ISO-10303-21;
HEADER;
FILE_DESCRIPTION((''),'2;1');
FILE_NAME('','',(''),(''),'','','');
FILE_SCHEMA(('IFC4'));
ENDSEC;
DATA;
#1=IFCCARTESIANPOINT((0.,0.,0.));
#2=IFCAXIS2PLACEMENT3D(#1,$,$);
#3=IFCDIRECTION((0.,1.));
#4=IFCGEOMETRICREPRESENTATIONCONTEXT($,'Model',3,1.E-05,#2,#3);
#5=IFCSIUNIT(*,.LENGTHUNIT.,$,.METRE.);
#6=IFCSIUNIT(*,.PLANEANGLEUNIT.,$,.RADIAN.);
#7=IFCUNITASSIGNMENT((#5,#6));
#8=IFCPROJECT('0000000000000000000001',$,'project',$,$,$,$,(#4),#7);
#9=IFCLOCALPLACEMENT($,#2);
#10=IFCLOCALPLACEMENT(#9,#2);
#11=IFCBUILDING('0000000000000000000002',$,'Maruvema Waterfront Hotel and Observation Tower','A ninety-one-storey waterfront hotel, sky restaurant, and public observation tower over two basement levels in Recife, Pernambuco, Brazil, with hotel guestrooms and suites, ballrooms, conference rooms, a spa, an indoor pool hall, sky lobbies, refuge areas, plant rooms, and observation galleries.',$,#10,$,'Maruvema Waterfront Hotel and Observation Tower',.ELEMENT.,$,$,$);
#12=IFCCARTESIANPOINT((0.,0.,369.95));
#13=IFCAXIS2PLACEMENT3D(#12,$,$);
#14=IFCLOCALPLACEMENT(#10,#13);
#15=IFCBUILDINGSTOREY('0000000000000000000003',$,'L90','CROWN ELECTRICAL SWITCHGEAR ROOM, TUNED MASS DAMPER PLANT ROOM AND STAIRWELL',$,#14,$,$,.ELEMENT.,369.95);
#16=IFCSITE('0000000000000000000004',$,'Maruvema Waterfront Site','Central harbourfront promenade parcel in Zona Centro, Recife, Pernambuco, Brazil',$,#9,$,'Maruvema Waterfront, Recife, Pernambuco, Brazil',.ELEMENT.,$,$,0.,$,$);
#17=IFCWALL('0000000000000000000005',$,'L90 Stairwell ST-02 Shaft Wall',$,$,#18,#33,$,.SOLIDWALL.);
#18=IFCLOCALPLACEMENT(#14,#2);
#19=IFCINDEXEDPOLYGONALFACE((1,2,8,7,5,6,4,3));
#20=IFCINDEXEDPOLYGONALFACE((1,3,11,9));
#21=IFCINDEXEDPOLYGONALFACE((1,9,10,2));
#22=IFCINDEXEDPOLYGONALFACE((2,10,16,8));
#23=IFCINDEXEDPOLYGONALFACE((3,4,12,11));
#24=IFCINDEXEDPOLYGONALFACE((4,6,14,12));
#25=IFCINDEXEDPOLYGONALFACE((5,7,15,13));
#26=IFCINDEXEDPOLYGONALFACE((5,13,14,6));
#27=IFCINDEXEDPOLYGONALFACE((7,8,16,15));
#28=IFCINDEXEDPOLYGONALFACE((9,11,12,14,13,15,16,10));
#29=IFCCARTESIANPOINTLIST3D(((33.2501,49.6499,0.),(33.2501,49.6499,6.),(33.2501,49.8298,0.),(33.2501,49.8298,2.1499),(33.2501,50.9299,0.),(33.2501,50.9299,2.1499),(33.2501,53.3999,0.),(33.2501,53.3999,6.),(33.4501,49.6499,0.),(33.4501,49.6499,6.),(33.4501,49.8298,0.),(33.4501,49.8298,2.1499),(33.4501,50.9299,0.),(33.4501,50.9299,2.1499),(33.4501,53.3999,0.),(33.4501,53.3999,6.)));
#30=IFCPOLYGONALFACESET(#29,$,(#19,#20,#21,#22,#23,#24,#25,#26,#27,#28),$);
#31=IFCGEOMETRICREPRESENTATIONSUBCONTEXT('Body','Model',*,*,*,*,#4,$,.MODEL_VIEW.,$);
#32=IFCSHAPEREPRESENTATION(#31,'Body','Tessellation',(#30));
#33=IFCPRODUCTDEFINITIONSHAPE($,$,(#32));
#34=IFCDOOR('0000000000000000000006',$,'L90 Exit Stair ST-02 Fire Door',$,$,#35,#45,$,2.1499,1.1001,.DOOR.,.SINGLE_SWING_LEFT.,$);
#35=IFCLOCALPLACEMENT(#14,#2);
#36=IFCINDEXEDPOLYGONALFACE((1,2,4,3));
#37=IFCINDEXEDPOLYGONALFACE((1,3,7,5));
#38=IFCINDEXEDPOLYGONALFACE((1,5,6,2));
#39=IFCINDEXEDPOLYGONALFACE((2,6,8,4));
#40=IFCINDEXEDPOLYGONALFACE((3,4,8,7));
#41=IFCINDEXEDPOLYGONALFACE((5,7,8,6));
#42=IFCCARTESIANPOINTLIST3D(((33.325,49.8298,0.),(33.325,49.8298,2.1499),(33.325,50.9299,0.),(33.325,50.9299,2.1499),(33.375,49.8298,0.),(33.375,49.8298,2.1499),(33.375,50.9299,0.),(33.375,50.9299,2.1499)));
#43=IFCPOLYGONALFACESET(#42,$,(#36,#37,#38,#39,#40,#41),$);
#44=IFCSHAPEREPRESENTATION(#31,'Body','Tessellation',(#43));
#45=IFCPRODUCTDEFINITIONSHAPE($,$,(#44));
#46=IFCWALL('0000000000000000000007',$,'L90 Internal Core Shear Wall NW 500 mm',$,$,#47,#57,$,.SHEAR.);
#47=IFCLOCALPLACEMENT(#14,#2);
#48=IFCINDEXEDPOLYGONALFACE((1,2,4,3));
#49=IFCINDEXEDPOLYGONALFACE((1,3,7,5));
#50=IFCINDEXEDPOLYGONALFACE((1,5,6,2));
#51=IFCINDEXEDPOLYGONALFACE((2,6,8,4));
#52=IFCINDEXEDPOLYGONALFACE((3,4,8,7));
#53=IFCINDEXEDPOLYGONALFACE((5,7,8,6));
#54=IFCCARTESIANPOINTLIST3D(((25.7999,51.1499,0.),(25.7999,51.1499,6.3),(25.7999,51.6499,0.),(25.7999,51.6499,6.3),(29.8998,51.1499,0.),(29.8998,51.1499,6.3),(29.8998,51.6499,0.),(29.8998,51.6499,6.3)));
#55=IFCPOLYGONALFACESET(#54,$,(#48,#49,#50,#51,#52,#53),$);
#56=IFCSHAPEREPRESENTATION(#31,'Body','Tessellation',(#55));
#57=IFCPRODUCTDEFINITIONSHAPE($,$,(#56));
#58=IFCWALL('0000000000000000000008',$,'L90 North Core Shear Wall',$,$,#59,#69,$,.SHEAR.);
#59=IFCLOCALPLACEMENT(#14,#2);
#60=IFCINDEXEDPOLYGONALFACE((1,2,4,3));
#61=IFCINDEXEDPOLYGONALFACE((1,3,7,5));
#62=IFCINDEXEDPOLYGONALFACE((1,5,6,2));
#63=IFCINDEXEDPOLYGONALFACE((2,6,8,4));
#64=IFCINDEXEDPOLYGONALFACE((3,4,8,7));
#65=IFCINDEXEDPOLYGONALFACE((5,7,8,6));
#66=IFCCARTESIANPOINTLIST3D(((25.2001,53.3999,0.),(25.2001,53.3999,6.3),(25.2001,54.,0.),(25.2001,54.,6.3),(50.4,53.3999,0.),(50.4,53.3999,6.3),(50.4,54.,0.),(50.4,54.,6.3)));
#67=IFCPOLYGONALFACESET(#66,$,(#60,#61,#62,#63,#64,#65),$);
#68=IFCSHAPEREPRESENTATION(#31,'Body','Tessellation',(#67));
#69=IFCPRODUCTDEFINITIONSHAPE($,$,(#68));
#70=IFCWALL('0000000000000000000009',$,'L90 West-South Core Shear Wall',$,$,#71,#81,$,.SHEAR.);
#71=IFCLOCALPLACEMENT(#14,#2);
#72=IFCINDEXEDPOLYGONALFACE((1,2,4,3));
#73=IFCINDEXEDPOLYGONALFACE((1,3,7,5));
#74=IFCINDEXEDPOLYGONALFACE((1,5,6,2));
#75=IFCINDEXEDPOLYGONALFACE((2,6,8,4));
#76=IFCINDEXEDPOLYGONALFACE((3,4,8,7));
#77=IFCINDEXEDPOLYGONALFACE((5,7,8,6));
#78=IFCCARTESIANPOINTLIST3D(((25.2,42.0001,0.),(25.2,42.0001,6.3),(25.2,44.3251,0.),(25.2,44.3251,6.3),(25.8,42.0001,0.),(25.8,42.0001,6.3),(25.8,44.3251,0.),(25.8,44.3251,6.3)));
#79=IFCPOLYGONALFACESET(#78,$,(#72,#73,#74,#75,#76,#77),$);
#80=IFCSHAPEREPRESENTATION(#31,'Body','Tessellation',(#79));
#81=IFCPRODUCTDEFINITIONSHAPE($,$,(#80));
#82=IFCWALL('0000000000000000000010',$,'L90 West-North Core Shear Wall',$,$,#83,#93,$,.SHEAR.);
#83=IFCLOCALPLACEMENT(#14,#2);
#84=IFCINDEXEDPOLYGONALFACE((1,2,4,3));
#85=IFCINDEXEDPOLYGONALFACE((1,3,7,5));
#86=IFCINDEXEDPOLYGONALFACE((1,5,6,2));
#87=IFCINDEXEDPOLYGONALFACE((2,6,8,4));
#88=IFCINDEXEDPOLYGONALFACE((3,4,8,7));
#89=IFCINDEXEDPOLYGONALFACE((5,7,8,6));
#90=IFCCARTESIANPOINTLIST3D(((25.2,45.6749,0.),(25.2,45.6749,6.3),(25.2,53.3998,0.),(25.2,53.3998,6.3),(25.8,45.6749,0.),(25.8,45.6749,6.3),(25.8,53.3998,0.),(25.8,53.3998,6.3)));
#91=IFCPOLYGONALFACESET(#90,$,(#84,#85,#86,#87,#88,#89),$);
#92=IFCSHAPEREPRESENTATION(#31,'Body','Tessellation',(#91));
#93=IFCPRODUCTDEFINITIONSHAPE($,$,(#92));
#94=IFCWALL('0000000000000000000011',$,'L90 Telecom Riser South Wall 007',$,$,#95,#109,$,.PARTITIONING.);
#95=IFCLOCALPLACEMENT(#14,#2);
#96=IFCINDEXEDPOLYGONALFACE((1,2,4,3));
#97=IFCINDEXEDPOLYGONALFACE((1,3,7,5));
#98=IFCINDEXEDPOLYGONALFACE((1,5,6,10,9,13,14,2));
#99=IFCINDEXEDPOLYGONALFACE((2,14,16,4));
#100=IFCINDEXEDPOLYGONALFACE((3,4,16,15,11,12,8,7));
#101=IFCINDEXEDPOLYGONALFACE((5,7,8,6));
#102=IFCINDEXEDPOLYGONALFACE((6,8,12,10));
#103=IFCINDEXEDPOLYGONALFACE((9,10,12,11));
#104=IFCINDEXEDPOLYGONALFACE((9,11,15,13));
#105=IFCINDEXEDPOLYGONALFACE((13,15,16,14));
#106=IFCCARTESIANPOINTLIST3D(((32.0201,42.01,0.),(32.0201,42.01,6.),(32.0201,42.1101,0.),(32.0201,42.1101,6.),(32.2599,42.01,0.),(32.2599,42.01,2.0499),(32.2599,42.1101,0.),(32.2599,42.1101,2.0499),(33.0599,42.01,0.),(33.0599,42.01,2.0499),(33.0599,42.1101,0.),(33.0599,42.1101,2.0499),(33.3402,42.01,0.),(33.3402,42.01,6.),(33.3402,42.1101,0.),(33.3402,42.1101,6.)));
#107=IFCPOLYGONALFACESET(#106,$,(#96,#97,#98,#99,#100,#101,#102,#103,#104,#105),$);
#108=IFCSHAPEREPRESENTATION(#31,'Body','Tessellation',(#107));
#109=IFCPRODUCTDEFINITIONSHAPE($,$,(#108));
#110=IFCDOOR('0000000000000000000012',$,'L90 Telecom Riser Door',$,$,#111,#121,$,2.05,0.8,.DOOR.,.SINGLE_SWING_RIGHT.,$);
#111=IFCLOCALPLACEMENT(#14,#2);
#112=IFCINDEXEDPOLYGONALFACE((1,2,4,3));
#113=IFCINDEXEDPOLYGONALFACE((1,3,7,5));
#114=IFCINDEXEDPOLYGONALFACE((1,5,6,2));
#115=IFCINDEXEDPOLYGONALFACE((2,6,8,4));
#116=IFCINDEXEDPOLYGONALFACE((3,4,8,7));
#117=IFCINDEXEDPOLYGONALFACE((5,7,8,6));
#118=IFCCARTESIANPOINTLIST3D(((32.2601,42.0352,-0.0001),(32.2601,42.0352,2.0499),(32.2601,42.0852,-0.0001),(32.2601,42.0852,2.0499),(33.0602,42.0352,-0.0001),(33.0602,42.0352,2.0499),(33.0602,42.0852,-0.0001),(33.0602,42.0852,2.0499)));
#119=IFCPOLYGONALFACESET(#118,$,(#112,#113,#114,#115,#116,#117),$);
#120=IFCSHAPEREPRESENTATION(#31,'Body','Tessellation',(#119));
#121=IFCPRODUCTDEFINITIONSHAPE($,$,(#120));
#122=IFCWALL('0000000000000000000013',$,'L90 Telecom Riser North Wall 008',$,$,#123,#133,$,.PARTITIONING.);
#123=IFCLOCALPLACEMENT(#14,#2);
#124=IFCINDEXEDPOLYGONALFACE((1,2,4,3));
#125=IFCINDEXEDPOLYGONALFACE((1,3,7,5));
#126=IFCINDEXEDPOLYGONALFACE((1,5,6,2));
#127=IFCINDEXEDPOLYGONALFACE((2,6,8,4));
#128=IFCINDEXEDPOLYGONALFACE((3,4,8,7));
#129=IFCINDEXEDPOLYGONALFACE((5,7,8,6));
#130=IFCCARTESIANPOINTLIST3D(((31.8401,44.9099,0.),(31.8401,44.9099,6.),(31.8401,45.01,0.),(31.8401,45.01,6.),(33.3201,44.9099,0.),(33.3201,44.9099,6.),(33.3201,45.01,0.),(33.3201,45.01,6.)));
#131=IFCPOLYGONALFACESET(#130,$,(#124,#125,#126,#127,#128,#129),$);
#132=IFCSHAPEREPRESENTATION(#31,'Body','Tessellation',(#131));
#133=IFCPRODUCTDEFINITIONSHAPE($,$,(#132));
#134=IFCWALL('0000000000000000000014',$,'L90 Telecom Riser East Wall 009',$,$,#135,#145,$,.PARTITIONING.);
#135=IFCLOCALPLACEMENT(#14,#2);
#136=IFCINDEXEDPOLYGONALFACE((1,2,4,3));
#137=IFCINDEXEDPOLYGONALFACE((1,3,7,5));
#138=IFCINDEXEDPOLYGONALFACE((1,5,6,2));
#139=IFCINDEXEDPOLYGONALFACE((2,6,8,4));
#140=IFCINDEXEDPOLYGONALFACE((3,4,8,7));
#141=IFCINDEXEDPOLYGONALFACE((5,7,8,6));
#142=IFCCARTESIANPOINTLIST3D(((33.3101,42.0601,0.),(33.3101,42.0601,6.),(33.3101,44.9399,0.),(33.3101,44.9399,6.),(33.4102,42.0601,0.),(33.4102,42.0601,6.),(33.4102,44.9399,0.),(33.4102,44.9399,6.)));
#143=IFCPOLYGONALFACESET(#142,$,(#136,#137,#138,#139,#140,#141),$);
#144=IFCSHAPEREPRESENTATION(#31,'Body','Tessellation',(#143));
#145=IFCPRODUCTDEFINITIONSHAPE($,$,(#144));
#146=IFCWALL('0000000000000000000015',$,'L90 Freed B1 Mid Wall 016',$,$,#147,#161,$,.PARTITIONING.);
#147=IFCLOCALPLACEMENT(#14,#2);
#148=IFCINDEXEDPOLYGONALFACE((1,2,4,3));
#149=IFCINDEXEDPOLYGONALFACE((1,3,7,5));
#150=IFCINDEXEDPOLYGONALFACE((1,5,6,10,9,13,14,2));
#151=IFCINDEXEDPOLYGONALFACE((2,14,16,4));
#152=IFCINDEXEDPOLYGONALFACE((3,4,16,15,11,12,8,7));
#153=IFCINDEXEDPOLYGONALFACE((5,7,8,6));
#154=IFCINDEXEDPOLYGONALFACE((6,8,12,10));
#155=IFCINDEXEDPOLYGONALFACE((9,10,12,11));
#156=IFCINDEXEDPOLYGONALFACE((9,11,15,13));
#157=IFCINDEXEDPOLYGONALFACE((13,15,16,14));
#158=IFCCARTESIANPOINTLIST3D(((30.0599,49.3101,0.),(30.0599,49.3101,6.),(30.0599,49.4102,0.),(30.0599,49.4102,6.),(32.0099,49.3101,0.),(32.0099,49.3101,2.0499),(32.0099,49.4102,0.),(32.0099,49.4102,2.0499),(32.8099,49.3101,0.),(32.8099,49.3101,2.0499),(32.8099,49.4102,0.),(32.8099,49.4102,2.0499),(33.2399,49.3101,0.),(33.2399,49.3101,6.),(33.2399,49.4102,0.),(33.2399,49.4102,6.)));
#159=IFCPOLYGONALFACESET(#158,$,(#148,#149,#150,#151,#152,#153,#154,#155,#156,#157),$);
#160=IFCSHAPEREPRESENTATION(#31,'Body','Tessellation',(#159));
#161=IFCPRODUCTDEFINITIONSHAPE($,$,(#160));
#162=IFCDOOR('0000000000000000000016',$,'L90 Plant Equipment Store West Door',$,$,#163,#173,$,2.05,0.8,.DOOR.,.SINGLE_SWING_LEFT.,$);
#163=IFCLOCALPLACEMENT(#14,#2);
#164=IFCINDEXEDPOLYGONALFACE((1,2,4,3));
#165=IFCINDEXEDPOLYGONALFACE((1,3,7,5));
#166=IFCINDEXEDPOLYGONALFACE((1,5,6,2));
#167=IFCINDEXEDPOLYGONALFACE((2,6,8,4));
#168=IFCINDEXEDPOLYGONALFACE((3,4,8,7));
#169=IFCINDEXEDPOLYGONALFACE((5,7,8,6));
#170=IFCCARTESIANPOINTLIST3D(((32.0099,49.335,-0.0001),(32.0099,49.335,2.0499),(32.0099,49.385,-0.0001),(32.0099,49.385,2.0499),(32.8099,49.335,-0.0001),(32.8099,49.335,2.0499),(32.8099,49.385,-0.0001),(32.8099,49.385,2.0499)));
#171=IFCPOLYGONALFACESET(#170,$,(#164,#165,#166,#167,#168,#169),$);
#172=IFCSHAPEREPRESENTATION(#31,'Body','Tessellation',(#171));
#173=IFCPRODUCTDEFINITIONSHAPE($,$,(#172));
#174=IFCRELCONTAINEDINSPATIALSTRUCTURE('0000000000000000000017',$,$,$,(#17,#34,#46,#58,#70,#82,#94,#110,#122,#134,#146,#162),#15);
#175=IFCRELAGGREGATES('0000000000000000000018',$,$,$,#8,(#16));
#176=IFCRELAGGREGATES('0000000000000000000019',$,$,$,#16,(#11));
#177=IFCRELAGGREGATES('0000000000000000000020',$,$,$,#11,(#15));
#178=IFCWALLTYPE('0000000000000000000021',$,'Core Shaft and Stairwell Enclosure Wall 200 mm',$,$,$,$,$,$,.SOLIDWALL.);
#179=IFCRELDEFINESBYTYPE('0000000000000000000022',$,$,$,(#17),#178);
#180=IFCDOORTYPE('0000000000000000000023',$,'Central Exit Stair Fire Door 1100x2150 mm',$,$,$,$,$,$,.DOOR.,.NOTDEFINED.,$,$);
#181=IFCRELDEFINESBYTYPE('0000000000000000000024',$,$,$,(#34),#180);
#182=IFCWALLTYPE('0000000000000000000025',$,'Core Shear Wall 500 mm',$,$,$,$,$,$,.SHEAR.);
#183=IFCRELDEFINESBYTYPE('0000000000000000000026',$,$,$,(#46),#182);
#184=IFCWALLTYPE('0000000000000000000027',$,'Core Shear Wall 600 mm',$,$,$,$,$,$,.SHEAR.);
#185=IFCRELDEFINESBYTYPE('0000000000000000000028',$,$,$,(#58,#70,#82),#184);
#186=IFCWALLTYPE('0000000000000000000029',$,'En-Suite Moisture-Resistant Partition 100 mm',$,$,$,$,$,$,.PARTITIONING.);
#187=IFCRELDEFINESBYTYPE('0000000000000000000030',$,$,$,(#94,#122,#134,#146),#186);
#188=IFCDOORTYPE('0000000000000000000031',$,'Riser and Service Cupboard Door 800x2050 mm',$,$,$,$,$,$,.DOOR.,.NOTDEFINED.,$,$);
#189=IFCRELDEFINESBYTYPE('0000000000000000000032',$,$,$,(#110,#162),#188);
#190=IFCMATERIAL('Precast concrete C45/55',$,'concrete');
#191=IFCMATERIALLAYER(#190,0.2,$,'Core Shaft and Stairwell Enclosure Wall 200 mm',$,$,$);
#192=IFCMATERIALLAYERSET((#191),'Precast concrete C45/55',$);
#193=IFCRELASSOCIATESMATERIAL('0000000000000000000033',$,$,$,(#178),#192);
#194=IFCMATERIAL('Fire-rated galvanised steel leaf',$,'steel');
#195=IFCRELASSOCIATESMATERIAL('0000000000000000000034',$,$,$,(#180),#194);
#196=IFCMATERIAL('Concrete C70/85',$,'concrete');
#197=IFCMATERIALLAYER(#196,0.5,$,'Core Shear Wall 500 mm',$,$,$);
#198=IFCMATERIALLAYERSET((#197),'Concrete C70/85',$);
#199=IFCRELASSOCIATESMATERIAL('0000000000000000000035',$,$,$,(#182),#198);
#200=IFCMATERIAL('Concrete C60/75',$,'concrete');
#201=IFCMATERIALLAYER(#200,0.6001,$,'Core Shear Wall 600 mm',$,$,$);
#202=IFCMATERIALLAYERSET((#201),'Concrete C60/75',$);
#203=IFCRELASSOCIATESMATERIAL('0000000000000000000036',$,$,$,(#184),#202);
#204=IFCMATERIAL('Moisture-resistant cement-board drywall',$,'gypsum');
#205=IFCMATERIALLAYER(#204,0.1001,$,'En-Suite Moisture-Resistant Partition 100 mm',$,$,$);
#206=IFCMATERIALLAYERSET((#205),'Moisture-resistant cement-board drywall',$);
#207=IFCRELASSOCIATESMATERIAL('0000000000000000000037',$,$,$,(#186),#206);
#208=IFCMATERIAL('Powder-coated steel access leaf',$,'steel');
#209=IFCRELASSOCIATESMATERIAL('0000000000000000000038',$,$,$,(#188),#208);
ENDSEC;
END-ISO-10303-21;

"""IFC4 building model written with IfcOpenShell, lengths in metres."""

from ifc_helpers import new_model, si_unit, direction, frame, frame_2d, origin, place, context, subcontext, project, spatial, rectangle, extrude, material, layer, layer_set, type_object, element, fill, save


model = new_model("IFC4")

# Units and contexts
model_context = context("Model", 3, precision=1e-05, world=origin(), true_north=direction((0.0, 1.0)))
body_context = subcontext(model_context, "Body", "Model", "MODEL_VIEW")
ifc_project = project(units=[si_unit("LENGTHUNIT", "METRE"), si_unit("PLANEANGLEUNIT", "RADIAN")], contexts=[model_context])

# Site, building, storey
site_placement = place(None, origin())
site = spatial("IfcSite", under=ifc_project, at=site_placement, Name="Maruvema Waterfront Site", Description="Central harbourfront promenade parcel in Zona Centro, Recife, Pernambuco, Brazil", LongName="Maruvema Waterfront, Recife, Pernambuco, Brazil", CompositionType="ELEMENT", RefElevation=0.0)
building_placement = place(site_placement, origin())
building = spatial("IfcBuilding", under=site, at=building_placement, Name="Maruvema Waterfront Hotel and Observation Tower", Description="A ninety-one-storey waterfront hotel, sky restaurant, and public observation tower over two basement levels in Recife, Pernambuco, Brazil, with hotel guestrooms and suites, ballrooms, conference rooms, a spa, an indoor pool hall, sky lobbies, refuge areas, plant rooms, and observation galleries.", LongName="Maruvema Waterfront Hotel and Observation Tower", CompositionType="ELEMENT")
storey_placement = place(building_placement, frame((0.0, 0.0, 369.95)))
storey = spatial("IfcBuildingStorey", under=building, at=storey_placement, Name="L90", Description="CROWN ELECTRICAL SWITCHGEAR ROOM, TUNED MASS DAMPER PLANT ROOM AND STAIRWELL", CompositionType="ELEMENT", Elevation=369.95)

# Shared definitions
ifc_material_1 = material(Name="Precast concrete C45/55", Category="concrete")
ifc_layer_1 = layer(ifc_material_1, 0.2, Name="Core Shaft and Stairwell Enclosure Wall 200 mm")
ifc_layer_set_1 = layer_set([ifc_layer_1], Name="Precast concrete C45/55")
wall_type_1 = type_object("IfcWallType", Name="Core Shaft and Stairwell Enclosure Wall 200 mm", PredefinedType="SOLIDWALL", material=ifc_layer_set_1)

# Wall, opening, door
wall_1_placement = place(storey_placement, frame((33.3501, 49.6499, 0.0), z_axis=(0.0, 0.0, 1.0), x_axis=(0.0, 1.0, 0.0)))
wall_1 = element("IfcWall", 1, at=wall_1_placement, inside=storey, type_object=wall_type_1, Name="L90 Stairwell ST-02 Shaft Wall", PredefinedType="SOLIDWALL", context=body_context, shape_type="SweptSolid", body=[
    extrude(rectangle(XDim=3.75, YDim=0.2, at=frame_2d((1.875, 0.0))), origin(), (0.0, 0.0, 1.0), 6.0),
])
opening_1_placement = place(wall_1_placement, frame((0.1799, 0.0, 0.0)))
opening_1 = element("IfcOpeningElement", 2, at=opening_1_placement, cuts=wall_1, PredefinedType="OPENING", context=body_context, shape_type="SweptSolid", body=[
    extrude(rectangle(XDim=1.1001, YDim=2.1499, at=frame_2d((0.55, 1.075))), frame((0.0, 0.1099, 0.0), z_axis=(0.0, -1.0, 0.0), x_axis=(1.0, 0.0, 0.0)), (0.0, 0.0, 1.0), 0.22),
])
ifc_material_2 = material(Name="Fire-rated galvanised steel leaf", Category="steel")
door_type_1 = type_object("IfcDoorType", Name="Central Exit Stair Fire Door 1100x2150 mm", OperationType="NOTDEFINED", PredefinedType="DOOR", material=ifc_material_2)
door_1_placement = place(opening_1_placement, frame((1.1001, 0.0, 0.0), z_axis=(0.0, 0.0, 1.0), x_axis=(-1.0, 0.0, 0.0)))
door_1 = element("IfcDoor", 3, at=door_1_placement, inside=storey, type_object=door_type_1, Name="L90 Exit Stair ST-02 Fire Door", OperationType="SINGLE_SWING_LEFT", OverallHeight=2.1499, OverallWidth=1.1001, PredefinedType="DOOR", context=body_context, shape_type="SweptSolid", body=[
    extrude(rectangle(XDim=1.1001, YDim=2.1499, at=frame_2d((0.55, 1.075))), frame((0.0, 0.0249, 0.0), z_axis=(0.0, -1.0, 0.0), x_axis=(1.0, 0.0, 0.0)), (0.0, 0.0, 1.0), 0.05),
])
fill(opening_1, door_1)

# Walls
ifc_material_3 = material(Name="Concrete C70/85", Category="concrete")
ifc_layer_2 = layer(ifc_material_3, 0.5, Name="Core Shear Wall 500 mm")
ifc_layer_set_2 = layer_set([ifc_layer_2], Name="Concrete C70/85")
wall_type_2 = type_object("IfcWallType", Name="Core Shear Wall 500 mm", PredefinedType="SHEAR", material=ifc_layer_set_2)
wall_2_placement = place(storey_placement, frame((25.8, 51.3999, 0.0), z_axis=(0.0, 0.0, 1.0), x_axis=(1.0, 0.0, 0.0)))
element("IfcWall", 4, at=wall_2_placement, inside=storey, type_object=wall_type_2, Name="L90 Internal Core Shear Wall NW 500 mm", PredefinedType="SHEAR", context=body_context, shape_type="SweptSolid", body=[
    extrude(rectangle(XDim=4.0999, YDim=0.5, at=frame_2d((2.0498, 0.0))), origin(), (0.0, 0.0, 1.0), 6.3),
])
ifc_material_4 = material(Name="Concrete C60/75", Category="concrete")
ifc_layer_3 = layer(ifc_material_4, 0.6001, Name="Core Shear Wall 600 mm")
ifc_layer_set_3 = layer_set([ifc_layer_3], Name="Concrete C60/75")
wall_type_3 = type_object("IfcWallType", Name="Core Shear Wall 600 mm", PredefinedType="SHEAR", material=ifc_layer_set_3)
wall_3_placement = place(storey_placement, frame((25.2, 53.7, 0.0), z_axis=(0.0, 0.0, 1.0), x_axis=(1.0, 0.0, 0.0)))
element("IfcWall", 5, at=wall_3_placement, inside=storey, type_object=wall_type_3, Name="L90 North Core Shear Wall", PredefinedType="SHEAR", context=body_context, shape_type="SweptSolid", body=[
    extrude(rectangle(XDim=25.2, YDim=0.6001, at=frame_2d((12.6001, 0.0))), origin(), (0.0, 0.0, 1.0), 6.3),
])
wall_4_placement = place(storey_placement, frame((25.5, 42.0, 0.0), z_axis=(0.0, 0.0, 1.0), x_axis=(0.0, 1.0, 0.0)))
element("IfcWall", 6, at=wall_4_placement, inside=storey, type_object=wall_type_3, Name="L90 West-South Core Shear Wall", PredefinedType="SHEAR", context=body_context, shape_type="SweptSolid", body=[
    extrude(rectangle(XDim=2.325, YDim=0.6001, at=frame_2d((1.1626, 0.0))), origin(), (0.0, 0.0, 1.0), 6.3),
])
wall_5_placement = place(storey_placement, frame((25.5, 45.675, 0.0), z_axis=(0.0, 0.0, 1.0), x_axis=(0.0, 1.0, 0.0)))
element("IfcWall", 7, at=wall_5_placement, inside=storey, type_object=wall_type_3, Name="L90 West-North Core Shear Wall", PredefinedType="SHEAR", context=body_context, shape_type="SweptSolid", body=[
    extrude(rectangle(XDim=7.7249, YDim=0.6001, at=frame_2d((3.8623, 0.0))), origin(), (0.0, 0.0, 1.0), 6.3),
])

# Wall, opening, door
ifc_material_5 = material(Name="Moisture-resistant cement-board drywall", Category="gypsum")
ifc_layer_4 = layer(ifc_material_5, 0.1001, Name="En-Suite Moisture-Resistant Partition 100 mm")
ifc_layer_set_4 = layer_set([ifc_layer_4], Name="Moisture-resistant cement-board drywall")
wall_type_4 = type_object("IfcWallType", Name="En-Suite Moisture-Resistant Partition 100 mm", PredefinedType="PARTITIONING", material=ifc_layer_set_4)
wall_6_placement = place(storey_placement, frame((32.02, 42.0601, 0.0), z_axis=(0.0, 0.0, 1.0), x_axis=(1.0, 0.0, 0.0)))
wall_6 = element("IfcWall", 8, at=wall_6_placement, inside=storey, type_object=wall_type_4, Name="L90 Telecom Riser South Wall 007", PredefinedType="PARTITIONING", context=body_context, shape_type="SweptSolid", body=[
    extrude(rectangle(XDim=1.3201, YDim=0.1001, at=frame_2d((0.6602, 0.0))), origin(), (0.0, 0.0, 1.0), 6.0),
])
opening_2_placement = place(wall_6_placement, frame((0.24, 0.0, 0.0)))
opening_2 = element("IfcOpeningElement", 9, at=opening_2_placement, cuts=wall_6, PredefinedType="OPENING", context=body_context, shape_type="SweptSolid", body=[
    extrude(rectangle(XDim=0.8, YDim=2.05, at=frame_2d((0.3999, 1.0249))), frame((0.0, 0.0601, 0.0), z_axis=(0.0, -1.0, 0.0), x_axis=(1.0, 0.0, 0.0)), (0.0, 0.0, 1.0), 0.1201),
])
ifc_material_6 = material(Name="Powder-coated steel access leaf", Category="steel")
door_type_2 = type_object("IfcDoorType", Name="Riser and Service Cupboard Door 800x2050 mm", OperationType="NOTDEFINED", PredefinedType="DOOR", material=ifc_material_6)
door_2_placement = place(opening_2_placement, frame((0.8, 0.0, 0.0), z_axis=(0.0, 0.0, 1.0), x_axis=(-1.0, 0.0, 0.0)))
door_2 = element("IfcDoor", 10, at=door_2_placement, inside=storey, type_object=door_type_2, Name="L90 Telecom Riser Door", OperationType="SINGLE_SWING_RIGHT", OverallHeight=2.05, OverallWidth=0.8, PredefinedType="DOOR", context=body_context, shape_type="SweptSolid", body=[
    extrude(rectangle(XDim=0.8, YDim=2.05, at=frame_2d((0.3999, 1.0249))), frame((0.0, 0.0249, 0.0), z_axis=(0.0, -1.0, 0.0), x_axis=(1.0, 0.0, 0.0)), (0.0, 0.0, 1.0), 0.05),
])
fill(opening_2, door_2)

# Walls
wall_7_placement = place(storey_placement, frame((31.8401, 44.96, 0.0), z_axis=(0.0, 0.0, 1.0), x_axis=(1.0, 0.0, 0.0)))
element("IfcWall", 11, at=wall_7_placement, inside=storey, type_object=wall_type_4, Name="L90 Telecom Riser North Wall 008", PredefinedType="PARTITIONING", context=body_context, shape_type="SweptSolid", body=[
    extrude(rectangle(XDim=1.48, YDim=0.1001, at=frame_2d((0.74, 0.0))), origin(), (0.0, 0.0, 1.0), 6.0),
])
wall_8_placement = place(storey_placement, frame((33.3601, 42.0601, 0.0), z_axis=(0.0, 0.0, 1.0), x_axis=(0.0, 1.0, 0.0)))
element("IfcWall", 12, at=wall_8_placement, inside=storey, type_object=wall_type_4, Name="L90 Telecom Riser East Wall 009", PredefinedType="PARTITIONING", context=body_context, shape_type="SweptSolid", body=[
    extrude(rectangle(XDim=2.8799, YDim=0.1001, at=frame_2d((1.4399, 0.0))), origin(), (0.0, 0.0, 1.0), 6.0),
])

# Wall, opening, door
wall_9_placement = place(storey_placement, frame((30.0601, 49.3601, 0.0), z_axis=(0.0, 0.0, 1.0), x_axis=(1.0, 0.0, 0.0)))
wall_9 = element("IfcWall", 13, at=wall_9_placement, inside=storey, type_object=wall_type_4, Name="L90 Freed B1 Mid Wall 016", PredefinedType="PARTITIONING", context=body_context, shape_type="SweptSolid", body=[
    extrude(rectangle(XDim=3.1799, YDim=0.1001, at=frame_2d((1.5898, 0.0))), origin(), (0.0, 0.0, 1.0), 6.0),
])
opening_3_placement = place(wall_9_placement, frame((1.95, 0.0, 0.0)))
opening_3 = element("IfcOpeningElement", 14, at=opening_3_placement, cuts=wall_9, PredefinedType="OPENING", context=body_context, shape_type="SweptSolid", body=[
    extrude(rectangle(XDim=0.8, YDim=2.05, at=frame_2d((0.3999, 1.0249))), frame((0.0, 0.0601, 0.0), z_axis=(0.0, -1.0, 0.0), x_axis=(1.0, 0.0, 0.0)), (0.0, 0.0, 1.0), 0.1201),
])
door_3_placement = place(opening_3_placement, origin())
door_3 = element("IfcDoor", 15, at=door_3_placement, inside=storey, type_object=door_type_2, Name="L90 Plant Equipment Store West Door", OperationType="SINGLE_SWING_LEFT", OverallHeight=2.05, OverallWidth=0.8, PredefinedType="DOOR", context=body_context, shape_type="SweptSolid", body=[
    extrude(rectangle(XDim=0.8, YDim=2.05, at=frame_2d((0.3999, 1.0249))), frame((0.0, 0.0249, 0.0), z_axis=(0.0, -1.0, 0.0), x_axis=(1.0, 0.0, 0.0)), (0.0, 0.0, 1.0), 0.05),
])
fill(opening_3, door_3)

save(model, "model.ifc")
